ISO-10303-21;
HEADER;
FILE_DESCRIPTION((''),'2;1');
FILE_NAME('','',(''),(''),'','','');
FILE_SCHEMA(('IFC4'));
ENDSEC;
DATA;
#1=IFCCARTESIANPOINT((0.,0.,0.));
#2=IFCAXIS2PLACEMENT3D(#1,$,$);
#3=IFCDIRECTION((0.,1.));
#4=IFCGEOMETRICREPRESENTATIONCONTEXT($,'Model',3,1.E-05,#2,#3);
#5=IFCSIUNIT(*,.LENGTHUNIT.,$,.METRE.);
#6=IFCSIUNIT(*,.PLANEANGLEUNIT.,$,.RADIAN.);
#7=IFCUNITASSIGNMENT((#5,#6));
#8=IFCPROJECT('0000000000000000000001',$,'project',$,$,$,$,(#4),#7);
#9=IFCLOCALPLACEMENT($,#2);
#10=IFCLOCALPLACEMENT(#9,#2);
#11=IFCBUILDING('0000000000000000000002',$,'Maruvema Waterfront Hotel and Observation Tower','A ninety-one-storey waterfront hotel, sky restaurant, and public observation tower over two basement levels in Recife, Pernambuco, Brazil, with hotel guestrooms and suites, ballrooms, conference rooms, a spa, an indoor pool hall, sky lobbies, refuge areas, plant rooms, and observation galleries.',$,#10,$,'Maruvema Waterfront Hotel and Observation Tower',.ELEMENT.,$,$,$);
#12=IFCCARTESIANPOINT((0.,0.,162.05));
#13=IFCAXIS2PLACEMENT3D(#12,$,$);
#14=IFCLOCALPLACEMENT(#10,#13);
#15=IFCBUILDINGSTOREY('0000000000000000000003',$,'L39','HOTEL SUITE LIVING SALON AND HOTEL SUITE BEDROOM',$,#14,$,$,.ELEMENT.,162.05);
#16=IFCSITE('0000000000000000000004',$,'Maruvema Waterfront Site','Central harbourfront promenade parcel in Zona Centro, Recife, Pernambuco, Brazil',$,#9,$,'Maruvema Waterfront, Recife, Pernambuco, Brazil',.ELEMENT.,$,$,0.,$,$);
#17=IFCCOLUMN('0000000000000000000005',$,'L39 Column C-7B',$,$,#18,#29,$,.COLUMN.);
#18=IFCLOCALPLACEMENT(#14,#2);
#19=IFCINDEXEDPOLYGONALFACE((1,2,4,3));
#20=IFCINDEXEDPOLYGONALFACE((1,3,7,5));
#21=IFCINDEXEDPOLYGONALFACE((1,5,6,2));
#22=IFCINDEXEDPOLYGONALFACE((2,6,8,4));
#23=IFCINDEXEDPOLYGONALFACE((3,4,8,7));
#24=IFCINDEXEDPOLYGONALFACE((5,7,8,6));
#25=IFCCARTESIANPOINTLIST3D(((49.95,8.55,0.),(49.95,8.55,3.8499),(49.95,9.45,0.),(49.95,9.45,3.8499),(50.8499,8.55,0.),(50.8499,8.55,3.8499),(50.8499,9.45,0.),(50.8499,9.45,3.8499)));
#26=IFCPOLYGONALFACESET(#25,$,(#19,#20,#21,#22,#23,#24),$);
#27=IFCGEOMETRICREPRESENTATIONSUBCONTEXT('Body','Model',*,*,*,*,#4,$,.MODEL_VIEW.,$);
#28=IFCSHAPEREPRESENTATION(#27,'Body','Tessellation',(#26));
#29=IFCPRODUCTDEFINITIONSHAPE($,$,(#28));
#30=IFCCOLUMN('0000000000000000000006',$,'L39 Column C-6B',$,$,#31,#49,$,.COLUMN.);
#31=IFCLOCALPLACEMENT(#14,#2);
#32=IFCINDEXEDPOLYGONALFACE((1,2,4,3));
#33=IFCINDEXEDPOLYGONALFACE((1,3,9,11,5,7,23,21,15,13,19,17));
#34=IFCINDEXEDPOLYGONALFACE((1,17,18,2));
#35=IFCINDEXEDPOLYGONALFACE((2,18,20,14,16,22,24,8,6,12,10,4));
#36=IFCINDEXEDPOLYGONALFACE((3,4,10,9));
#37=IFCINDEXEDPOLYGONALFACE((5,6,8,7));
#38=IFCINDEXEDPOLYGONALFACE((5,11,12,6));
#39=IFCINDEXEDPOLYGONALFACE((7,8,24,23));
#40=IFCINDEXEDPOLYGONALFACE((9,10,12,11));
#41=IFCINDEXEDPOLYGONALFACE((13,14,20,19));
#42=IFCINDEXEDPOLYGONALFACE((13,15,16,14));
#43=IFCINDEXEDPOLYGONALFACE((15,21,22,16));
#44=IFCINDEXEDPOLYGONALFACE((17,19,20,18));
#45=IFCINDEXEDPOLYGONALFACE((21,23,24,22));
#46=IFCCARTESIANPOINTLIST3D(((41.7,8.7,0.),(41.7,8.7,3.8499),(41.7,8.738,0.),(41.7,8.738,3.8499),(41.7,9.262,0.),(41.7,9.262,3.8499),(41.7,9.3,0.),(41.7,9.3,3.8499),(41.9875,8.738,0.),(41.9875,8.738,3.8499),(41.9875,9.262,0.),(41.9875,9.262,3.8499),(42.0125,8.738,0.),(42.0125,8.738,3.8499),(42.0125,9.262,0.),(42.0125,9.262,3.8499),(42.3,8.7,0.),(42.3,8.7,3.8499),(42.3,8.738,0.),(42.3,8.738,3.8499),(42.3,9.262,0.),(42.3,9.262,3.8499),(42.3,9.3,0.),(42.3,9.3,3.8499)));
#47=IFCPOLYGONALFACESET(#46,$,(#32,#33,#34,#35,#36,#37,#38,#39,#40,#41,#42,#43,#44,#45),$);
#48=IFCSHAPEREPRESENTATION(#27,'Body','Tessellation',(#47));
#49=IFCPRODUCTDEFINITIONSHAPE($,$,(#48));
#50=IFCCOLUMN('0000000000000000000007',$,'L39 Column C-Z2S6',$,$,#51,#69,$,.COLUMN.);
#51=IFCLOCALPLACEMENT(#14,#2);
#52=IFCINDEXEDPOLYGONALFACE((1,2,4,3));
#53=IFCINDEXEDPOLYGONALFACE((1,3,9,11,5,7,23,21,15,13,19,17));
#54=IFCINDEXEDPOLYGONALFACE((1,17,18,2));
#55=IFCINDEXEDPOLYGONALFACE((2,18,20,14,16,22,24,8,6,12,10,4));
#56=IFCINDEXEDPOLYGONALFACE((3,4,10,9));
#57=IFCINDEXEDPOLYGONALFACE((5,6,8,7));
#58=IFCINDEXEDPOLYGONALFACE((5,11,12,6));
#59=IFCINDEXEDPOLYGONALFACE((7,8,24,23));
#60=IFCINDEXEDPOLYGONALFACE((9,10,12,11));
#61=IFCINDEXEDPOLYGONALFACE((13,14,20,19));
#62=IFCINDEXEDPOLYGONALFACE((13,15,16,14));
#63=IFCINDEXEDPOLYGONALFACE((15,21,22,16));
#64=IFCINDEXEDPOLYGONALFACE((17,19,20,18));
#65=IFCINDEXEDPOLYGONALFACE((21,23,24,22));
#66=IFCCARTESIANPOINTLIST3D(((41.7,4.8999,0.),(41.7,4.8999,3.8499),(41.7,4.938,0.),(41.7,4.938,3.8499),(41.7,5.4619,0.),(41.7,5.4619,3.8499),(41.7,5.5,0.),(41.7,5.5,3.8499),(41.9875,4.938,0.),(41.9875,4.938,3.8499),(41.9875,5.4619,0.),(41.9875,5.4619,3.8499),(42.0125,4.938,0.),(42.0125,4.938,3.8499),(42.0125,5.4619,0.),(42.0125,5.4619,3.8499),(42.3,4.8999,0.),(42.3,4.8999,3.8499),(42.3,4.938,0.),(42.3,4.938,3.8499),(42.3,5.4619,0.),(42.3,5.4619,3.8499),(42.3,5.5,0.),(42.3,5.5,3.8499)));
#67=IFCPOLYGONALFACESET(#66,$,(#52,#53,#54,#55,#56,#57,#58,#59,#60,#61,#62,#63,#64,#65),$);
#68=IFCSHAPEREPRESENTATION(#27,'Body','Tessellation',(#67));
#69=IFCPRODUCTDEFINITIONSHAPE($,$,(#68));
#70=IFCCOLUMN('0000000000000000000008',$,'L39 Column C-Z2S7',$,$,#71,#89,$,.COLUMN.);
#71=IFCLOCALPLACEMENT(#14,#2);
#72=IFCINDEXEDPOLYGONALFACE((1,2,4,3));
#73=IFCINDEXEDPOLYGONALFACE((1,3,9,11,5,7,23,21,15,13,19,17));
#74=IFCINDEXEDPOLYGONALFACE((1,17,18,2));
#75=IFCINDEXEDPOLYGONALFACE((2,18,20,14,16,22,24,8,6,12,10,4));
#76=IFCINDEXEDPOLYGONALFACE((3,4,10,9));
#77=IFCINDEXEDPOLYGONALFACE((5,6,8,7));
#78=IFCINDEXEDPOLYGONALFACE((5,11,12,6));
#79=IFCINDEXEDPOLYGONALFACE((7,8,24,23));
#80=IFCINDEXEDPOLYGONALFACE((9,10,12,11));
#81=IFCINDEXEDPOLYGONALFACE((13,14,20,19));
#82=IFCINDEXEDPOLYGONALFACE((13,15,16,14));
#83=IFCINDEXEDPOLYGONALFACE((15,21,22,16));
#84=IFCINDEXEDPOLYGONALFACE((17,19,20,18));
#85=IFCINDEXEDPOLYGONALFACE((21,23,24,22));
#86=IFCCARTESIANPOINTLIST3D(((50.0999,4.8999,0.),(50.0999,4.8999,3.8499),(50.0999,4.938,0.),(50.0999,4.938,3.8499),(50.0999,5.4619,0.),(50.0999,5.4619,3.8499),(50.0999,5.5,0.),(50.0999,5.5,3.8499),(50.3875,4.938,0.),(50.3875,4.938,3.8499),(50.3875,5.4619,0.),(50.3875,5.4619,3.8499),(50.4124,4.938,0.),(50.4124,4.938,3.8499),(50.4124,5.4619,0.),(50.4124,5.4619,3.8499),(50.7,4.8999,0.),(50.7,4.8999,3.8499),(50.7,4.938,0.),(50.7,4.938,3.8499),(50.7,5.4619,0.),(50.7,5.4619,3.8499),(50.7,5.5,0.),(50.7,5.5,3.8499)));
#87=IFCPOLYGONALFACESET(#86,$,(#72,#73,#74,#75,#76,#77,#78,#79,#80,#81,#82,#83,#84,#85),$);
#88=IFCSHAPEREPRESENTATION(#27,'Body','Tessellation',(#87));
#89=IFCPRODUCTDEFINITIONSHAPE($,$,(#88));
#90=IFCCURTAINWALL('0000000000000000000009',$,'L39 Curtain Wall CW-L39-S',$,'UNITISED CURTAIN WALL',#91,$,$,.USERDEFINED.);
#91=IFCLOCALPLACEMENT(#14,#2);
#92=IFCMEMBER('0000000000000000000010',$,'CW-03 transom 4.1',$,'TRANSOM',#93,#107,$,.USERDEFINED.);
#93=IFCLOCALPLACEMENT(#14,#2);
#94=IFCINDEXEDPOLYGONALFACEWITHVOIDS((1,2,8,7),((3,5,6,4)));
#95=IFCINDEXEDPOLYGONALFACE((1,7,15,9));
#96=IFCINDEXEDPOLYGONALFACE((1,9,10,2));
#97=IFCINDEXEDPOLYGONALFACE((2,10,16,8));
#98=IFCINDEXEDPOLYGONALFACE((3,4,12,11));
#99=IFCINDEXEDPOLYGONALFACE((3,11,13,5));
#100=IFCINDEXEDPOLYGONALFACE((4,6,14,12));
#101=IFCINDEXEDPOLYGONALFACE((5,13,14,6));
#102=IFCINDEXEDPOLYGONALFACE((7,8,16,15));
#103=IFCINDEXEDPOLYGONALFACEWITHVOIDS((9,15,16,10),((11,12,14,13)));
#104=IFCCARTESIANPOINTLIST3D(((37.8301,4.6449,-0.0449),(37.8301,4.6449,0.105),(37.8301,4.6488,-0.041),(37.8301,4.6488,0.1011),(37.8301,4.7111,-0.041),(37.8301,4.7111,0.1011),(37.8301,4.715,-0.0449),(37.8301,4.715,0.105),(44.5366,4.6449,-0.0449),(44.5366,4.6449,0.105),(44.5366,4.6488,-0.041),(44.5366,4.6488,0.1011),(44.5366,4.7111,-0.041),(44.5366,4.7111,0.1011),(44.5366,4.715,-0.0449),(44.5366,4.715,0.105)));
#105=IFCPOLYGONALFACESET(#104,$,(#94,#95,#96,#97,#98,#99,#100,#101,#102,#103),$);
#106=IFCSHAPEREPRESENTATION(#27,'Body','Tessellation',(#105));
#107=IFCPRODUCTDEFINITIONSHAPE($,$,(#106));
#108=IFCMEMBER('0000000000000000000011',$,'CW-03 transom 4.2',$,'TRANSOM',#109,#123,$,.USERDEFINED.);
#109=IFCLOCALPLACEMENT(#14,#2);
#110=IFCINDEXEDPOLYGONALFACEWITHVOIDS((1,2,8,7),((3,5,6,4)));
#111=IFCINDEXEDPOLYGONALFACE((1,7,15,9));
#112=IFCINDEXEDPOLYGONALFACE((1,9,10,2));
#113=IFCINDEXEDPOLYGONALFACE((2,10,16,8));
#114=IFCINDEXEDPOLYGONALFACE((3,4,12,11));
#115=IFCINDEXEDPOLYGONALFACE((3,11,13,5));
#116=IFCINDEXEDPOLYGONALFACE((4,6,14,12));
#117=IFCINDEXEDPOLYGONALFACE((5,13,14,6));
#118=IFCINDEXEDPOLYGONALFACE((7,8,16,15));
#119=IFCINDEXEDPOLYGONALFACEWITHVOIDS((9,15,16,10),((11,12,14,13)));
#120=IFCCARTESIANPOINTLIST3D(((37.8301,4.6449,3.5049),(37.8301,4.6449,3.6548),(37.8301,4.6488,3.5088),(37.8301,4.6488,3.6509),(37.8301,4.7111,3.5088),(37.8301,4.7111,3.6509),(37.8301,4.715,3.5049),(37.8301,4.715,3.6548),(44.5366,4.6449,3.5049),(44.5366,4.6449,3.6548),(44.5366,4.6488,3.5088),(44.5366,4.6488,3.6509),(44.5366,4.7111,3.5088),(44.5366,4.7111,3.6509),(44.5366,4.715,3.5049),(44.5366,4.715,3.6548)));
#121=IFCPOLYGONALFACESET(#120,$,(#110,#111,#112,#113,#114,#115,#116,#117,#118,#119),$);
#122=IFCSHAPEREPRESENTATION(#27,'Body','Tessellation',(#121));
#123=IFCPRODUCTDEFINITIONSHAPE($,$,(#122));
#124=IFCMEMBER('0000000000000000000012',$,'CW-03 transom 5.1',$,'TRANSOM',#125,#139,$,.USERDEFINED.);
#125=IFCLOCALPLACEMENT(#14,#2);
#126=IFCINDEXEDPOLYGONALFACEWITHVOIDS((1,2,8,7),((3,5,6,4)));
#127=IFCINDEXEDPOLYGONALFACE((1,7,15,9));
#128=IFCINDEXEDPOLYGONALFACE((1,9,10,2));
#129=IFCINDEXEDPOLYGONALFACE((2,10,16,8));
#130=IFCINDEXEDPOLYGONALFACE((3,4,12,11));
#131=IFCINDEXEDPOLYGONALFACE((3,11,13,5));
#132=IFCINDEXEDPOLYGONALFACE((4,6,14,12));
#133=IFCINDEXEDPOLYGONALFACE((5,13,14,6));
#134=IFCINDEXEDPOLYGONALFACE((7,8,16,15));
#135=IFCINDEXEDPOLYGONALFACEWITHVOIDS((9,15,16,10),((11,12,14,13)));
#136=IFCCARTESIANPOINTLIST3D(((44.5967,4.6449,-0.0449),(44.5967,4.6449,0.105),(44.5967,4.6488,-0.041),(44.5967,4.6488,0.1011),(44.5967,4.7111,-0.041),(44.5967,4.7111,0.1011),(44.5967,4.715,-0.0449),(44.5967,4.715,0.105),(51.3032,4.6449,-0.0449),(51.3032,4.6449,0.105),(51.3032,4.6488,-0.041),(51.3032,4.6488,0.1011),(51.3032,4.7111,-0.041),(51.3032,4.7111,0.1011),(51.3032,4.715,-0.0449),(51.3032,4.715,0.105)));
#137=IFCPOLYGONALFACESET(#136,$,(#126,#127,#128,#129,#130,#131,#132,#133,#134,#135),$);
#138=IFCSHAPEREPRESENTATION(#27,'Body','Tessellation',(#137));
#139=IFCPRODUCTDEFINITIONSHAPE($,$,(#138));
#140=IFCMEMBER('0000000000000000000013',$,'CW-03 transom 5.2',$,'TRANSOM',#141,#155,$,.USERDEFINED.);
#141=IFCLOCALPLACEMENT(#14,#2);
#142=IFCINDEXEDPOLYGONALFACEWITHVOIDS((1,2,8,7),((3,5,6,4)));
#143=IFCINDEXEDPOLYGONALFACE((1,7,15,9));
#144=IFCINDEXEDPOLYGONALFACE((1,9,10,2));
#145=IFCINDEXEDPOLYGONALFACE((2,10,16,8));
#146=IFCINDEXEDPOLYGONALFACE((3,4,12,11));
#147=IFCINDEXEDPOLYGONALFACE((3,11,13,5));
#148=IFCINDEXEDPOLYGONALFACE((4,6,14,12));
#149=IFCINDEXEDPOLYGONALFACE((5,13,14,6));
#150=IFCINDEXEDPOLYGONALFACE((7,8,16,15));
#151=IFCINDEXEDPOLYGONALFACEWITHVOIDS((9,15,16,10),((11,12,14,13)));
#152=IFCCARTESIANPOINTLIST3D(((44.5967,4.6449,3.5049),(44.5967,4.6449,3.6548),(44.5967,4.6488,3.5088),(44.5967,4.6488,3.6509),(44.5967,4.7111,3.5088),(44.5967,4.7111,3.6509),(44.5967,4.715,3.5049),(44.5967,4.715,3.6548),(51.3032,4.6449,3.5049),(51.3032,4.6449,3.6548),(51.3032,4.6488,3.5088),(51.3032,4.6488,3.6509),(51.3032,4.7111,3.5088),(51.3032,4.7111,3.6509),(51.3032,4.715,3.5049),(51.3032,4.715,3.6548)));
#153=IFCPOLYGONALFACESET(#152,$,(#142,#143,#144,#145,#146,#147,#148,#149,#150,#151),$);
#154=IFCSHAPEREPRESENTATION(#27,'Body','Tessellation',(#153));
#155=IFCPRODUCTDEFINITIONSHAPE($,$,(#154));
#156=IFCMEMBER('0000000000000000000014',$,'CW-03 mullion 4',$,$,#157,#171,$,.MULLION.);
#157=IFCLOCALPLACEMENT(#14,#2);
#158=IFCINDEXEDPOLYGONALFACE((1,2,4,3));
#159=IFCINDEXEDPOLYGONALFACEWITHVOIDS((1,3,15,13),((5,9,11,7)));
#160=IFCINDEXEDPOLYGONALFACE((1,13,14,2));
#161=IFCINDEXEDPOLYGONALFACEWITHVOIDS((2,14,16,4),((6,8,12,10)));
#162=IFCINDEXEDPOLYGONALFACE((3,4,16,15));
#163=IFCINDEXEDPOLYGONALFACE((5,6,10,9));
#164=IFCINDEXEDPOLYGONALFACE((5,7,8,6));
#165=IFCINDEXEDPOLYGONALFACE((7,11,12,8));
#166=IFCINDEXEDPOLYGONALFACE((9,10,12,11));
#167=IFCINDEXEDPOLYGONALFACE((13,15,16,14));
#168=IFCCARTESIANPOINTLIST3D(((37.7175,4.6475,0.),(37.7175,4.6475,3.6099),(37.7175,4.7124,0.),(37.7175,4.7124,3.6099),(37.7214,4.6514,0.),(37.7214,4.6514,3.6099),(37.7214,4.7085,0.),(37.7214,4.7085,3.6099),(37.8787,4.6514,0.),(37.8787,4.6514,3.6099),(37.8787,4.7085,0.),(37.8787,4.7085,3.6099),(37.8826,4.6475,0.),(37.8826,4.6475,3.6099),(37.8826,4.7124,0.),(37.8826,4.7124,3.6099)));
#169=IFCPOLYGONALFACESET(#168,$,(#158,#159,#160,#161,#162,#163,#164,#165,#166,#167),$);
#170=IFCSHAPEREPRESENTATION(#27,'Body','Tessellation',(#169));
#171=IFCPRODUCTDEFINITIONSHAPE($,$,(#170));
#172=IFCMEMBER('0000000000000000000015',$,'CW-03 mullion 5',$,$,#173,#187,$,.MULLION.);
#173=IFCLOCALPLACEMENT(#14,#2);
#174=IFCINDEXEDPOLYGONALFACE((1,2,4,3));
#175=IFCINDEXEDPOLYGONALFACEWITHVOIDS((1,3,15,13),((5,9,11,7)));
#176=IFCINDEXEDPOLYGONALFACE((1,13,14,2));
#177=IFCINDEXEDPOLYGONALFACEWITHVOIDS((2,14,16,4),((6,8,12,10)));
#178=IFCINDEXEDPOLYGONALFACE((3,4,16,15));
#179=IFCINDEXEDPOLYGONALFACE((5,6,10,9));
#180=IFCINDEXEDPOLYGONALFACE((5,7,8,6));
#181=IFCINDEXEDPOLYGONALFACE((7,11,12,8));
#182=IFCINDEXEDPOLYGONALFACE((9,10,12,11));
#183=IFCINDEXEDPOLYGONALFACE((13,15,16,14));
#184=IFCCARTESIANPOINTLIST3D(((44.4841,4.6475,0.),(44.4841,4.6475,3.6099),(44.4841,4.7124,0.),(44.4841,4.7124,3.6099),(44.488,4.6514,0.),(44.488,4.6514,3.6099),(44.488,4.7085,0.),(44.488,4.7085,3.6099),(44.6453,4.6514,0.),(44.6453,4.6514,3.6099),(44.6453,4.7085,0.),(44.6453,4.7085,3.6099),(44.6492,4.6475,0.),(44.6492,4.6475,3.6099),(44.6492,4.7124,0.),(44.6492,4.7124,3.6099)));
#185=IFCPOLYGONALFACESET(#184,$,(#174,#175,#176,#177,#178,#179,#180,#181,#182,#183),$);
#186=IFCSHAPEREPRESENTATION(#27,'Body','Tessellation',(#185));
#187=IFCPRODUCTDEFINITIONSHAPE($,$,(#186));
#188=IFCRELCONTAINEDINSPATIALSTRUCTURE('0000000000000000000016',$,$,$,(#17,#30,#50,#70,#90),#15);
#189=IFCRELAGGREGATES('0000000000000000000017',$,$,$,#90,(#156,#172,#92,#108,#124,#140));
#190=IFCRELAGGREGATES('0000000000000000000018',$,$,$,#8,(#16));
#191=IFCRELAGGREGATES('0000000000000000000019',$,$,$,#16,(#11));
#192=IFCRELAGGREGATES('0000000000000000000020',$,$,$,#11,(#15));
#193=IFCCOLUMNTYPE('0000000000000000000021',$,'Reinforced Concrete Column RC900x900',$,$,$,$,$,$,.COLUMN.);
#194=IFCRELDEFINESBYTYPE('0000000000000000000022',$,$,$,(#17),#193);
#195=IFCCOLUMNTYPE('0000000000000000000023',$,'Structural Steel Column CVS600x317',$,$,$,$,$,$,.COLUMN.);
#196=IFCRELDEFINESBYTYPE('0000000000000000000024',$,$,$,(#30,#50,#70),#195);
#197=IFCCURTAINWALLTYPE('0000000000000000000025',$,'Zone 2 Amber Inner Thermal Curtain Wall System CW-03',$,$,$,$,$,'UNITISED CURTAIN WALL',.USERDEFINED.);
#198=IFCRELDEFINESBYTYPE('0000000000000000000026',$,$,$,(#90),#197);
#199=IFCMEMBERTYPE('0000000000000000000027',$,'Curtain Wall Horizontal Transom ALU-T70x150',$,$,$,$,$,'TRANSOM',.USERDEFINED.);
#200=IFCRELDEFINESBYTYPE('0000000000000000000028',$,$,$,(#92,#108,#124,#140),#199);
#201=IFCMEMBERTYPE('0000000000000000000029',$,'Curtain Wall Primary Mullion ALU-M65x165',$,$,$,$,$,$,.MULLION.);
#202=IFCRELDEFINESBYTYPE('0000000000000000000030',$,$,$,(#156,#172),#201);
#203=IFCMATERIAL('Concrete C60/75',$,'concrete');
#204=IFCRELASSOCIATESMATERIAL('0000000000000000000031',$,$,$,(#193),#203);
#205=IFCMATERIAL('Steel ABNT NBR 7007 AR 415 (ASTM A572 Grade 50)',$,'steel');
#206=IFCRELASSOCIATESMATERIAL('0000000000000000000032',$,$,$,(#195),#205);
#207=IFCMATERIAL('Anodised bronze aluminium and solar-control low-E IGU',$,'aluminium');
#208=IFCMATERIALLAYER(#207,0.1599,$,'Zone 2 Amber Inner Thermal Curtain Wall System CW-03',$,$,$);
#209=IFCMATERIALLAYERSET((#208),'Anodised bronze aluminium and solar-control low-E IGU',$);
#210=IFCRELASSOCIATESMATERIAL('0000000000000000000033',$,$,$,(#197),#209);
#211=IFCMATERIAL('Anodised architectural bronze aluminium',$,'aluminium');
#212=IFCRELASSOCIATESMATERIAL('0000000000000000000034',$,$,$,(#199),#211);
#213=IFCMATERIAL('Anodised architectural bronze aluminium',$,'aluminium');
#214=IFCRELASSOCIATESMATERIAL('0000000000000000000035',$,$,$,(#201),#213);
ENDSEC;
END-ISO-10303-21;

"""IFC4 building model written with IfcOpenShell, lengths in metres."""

from ifc_helpers import new_model, si_unit, direction, frame, origin, origin_2d, place, context, subcontext, project, spatial, rectangle, hollow_rectangle, i_section, extrude, material, layer, layer_set, material_profile, profile_set, type_object, element, aggregate, save


model = new_model("IFC4")

# Units and contexts
model_context = context("Model", 3, precision=1e-05, world=origin(), true_north=direction((0.0, 1.0)))
body_context = subcontext(model_context, "Body", "Model", "MODEL_VIEW")
ifc_project = project(units=[si_unit("LENGTHUNIT", "METRE"), si_unit("PLANEANGLEUNIT", "RADIAN")], contexts=[model_context])

# Site, building, storey
site_placement = place(None, origin())
site = spatial("IfcSite", under=ifc_project, at=site_placement, Name="Maruvema Waterfront Site", Description="Central harbourfront promenade parcel in Zona Centro, Recife, Pernambuco, Brazil", LongName="Maruvema Waterfront, Recife, Pernambuco, Brazil", CompositionType="ELEMENT", RefElevation=0.0)
building_placement = place(site_placement, origin())
building = spatial("IfcBuilding", under=site, at=building_placement, Name="Maruvema Waterfront Hotel and Observation Tower", Description="A ninety-one-storey waterfront hotel, sky restaurant, and public observation tower over two basement levels in Recife, Pernambuco, Brazil, with hotel guestrooms and suites, ballrooms, conference rooms, a spa, an indoor pool hall, sky lobbies, refuge areas, plant rooms, and observation galleries.", LongName="Maruvema Waterfront Hotel and Observation Tower", CompositionType="ELEMENT")
storey_placement = place(building_placement, frame((0.0, 0.0, 162.05)))
storey = spatial("IfcBuildingStorey", under=building, at=storey_placement, Name="L39", Description="HOTEL SUITE LIVING SALON AND HOTEL SUITE BEDROOM", CompositionType="ELEMENT", Elevation=162.05)

# Columns
ifc_material_1 = material(Name="Concrete C60/75", Category="concrete")
ifc_material_profile_1 = material_profile(ifc_material_1, rectangle(XDim=0.8999, YDim=0.8999, at=origin_2d()), Name="RC900x900")
ifc_profile_set_1 = profile_set([ifc_material_profile_1], Name="Concrete C60/75")
column_type_1 = type_object("IfcColumnType", Name="Reinforced Concrete Column RC900x900", PredefinedType="COLUMN", material=ifc_profile_set_1)
column_placement = place(storey_placement, frame((50.3999, 9.0, 0.0), z_axis=(0.0, 0.0, 1.0), x_axis=(1.0, 0.0, 0.0)))
element("IfcColumn", 1, at=column_placement, inside=storey, type_object=column_type_1, Name="L39 Column C-7B", PredefinedType="COLUMN", context=body_context, shape_type="SweptSolid", body=[
    extrude(rectangle(XDim=0.8999, YDim=0.8999, at=origin_2d()), origin(), (0.0, 0.0, 1.0), 3.8499),
])
ifc_material_2 = material(Name="Steel ABNT NBR 7007 AR 415 (ASTM A572 Grade 50)", Category="steel")
ifc_material_profile_2 = material_profile(ifc_material_2, i_section(OverallWidth=0.6001, OverallDepth=0.6001, WebThickness=0.0249, FlangeThickness=0.0381, at=origin_2d()), Name="CVS600x317")
ifc_profile_set_2 = profile_set([ifc_material_profile_2], Name="Steel ABNT NBR 7007 AR 415 (ASTM A572 Grade 50)")
column_type_2 = type_object("IfcColumnType", Name="Structural Steel Column CVS600x317", PredefinedType="COLUMN", material=ifc_profile_set_2)
for number, where, z_axis, x_axis, name in (
    (2, (42.0, 9.0, 0.0), (0.0, 0.0, 1.0), (1.0, 0.0, 0.0), "L39 Column C-6B"),
    (3, (42.0, 5.2, 0.0), (0.0, 0.0, 1.0), (1.0, 0.0, 0.0), "L39 Column C-Z2S6"),
    (4, (50.3999, 5.2, 0.0), (0.0, 0.0, 1.0), (1.0, 0.0, 0.0), "L39 Column C-Z2S7"),
):
    element("IfcColumn", number, at=place(storey_placement, frame(where, z_axis=z_axis, x_axis=x_axis)), inside=storey, type_object=column_type_2, Name=name, PredefinedType="COLUMN", context=body_context, shape_type="SweptSolid", body=[
        extrude(i_section(OverallWidth=0.6001, OverallDepth=0.6001, WebThickness=0.0249, FlangeThickness=0.0381, at=origin_2d()), origin(), (0.0, 0.0, 1.0), 3.8499),
    ])

# Curtain wall, members
ifc_material_3 = material(Name="Anodised bronze aluminium and solar-control low-E IGU", Category="aluminium")
ifc_layer_1 = layer(ifc_material_3, 0.1599, Name="Zone 2 Amber Inner Thermal Curtain Wall System CW-03")
ifc_layer_set_1 = layer_set([ifc_layer_1], Name="Anodised bronze aluminium and solar-control low-E IGU")
curtain_wall_type = type_object("IfcCurtainWallType", Name="Zone 2 Amber Inner Thermal Curtain Wall System CW-03", ElementType="UNITISED CURTAIN WALL", PredefinedType="USERDEFINED", material=ifc_layer_set_1)
curtain_wall_placement = place(storey_placement, origin())
curtain_wall = element("IfcCurtainWall", 5, at=curtain_wall_placement, inside=storey, type_object=curtain_wall_type, Name="L39 Curtain Wall CW-L39-S", ObjectType="UNITISED CURTAIN WALL", PredefinedType="USERDEFINED")
ifc_material_4 = material(Name="Anodised architectural bronze aluminium", Category="aluminium")
ifc_material_profile_3 = material_profile(ifc_material_4, hollow_rectangle(XDim=0.0701, YDim=0.1499, WallThickness=0.0039, at=origin_2d()), Name="ALU-T70x150")
ifc_profile_set_3 = profile_set([ifc_material_profile_3], Name="Anodised architectural bronze aluminium")
member_type_1 = type_object("IfcMemberType", Name="Curtain Wall Horizontal Transom ALU-T70x150", ElementType="TRANSOM", PredefinedType="USERDEFINED", material=ifc_profile_set_3)
member_1_placement = place(storey_placement, frame((37.8301, 4.6799, 0.03), z_axis=(1.0, 0.0, 0.0), x_axis=(0.0, 1.0, 0.0)))
member_1 = element("IfcMember", 6, at=member_1_placement, type_object=member_type_1, Name="CW-03 transom 4.1", ObjectType="TRANSOM", PredefinedType="USERDEFINED", context=body_context, shape_type="SweptSolid", body=[
    extrude(hollow_rectangle(XDim=0.0701, YDim=0.1499, WallThickness=0.0039, at=origin_2d()), origin(), (0.0, 0.0, 1.0), 6.7065),
])
member_2_placement = place(storey_placement, frame((37.8301, 4.6799, 3.5798), z_axis=(1.0, 0.0, 0.0), x_axis=(0.0, 1.0, 0.0)))
member_2 = element("IfcMember", 7, at=member_2_placement, type_object=member_type_1, Name="CW-03 transom 4.2", ObjectType="TRANSOM", PredefinedType="USERDEFINED", context=body_context, shape_type="SweptSolid", body=[
    extrude(hollow_rectangle(XDim=0.0701, YDim=0.1499, WallThickness=0.0039, at=origin_2d()), origin(), (0.0, 0.0, 1.0), 6.7065),
])
member_3_placement = place(storey_placement, frame((44.5967, 4.6799, 0.03), z_axis=(1.0, 0.0, 0.0), x_axis=(0.0, 1.0, 0.0)))
member_3 = element("IfcMember", 8, at=member_3_placement, type_object=member_type_1, Name="CW-03 transom 5.1", ObjectType="TRANSOM", PredefinedType="USERDEFINED", context=body_context, shape_type="SweptSolid", body=[
    extrude(hollow_rectangle(XDim=0.0701, YDim=0.1499, WallThickness=0.0039, at=origin_2d()), origin(), (0.0, 0.0, 1.0), 6.7065),
])
member_4_placement = place(storey_placement, frame((44.5967, 4.6799, 3.5798), z_axis=(1.0, 0.0, 0.0), x_axis=(0.0, 1.0, 0.0)))
member_4 = element("IfcMember", 9, at=member_4_placement, type_object=member_type_1, Name="CW-03 transom 5.2", ObjectType="TRANSOM", PredefinedType="USERDEFINED", context=body_context, shape_type="SweptSolid", body=[
    extrude(hollow_rectangle(XDim=0.0701, YDim=0.1499, WallThickness=0.0039, at=origin_2d()), origin(), (0.0, 0.0, 1.0), 6.7065),
])
ifc_material_5 = material(Name="Anodised architectural bronze aluminium", Category="aluminium")
ifc_material_profile_4 = material_profile(ifc_material_5, hollow_rectangle(XDim=0.0649, YDim=0.165, WallThickness=0.0039, at=origin_2d()), Name="ALU-M65x165")
ifc_profile_set_4 = profile_set([ifc_material_profile_4], Name="Anodised architectural bronze aluminium")
member_type_2 = type_object("IfcMemberType", Name="Curtain Wall Primary Mullion ALU-M65x165", PredefinedType="MULLION", material=ifc_profile_set_4)
member_5_placement = place(storey_placement, frame((37.8, 4.6799, 0.0), z_axis=(0.0, 0.0, 1.0), x_axis=(0.0, 1.0, 0.0)))
member_5 = element("IfcMember", 10, at=member_5_placement, type_object=member_type_2, Name="CW-03 mullion 4", PredefinedType="MULLION", context=body_context, shape_type="SweptSolid", body=[
    extrude(hollow_rectangle(XDim=0.0649, YDim=0.165, WallThickness=0.0039, at=origin_2d()), origin(), (0.0, 0.0, 1.0), 3.6099),
])
member_6_placement = place(storey_placement, frame((44.5667, 4.6799, 0.0), z_axis=(0.0, 0.0, 1.0), x_axis=(0.0, 1.0, 0.0)))
member_6 = element("IfcMember", 11, at=member_6_placement, type_object=member_type_2, Name="CW-03 mullion 5", PredefinedType="MULLION", context=body_context, shape_type="SweptSolid", body=[
    extrude(hollow_rectangle(XDim=0.0649, YDim=0.165, WallThickness=0.0039, at=origin_2d()), origin(), (0.0, 0.0, 1.0), 3.6099),
])

aggregate(curtain_wall, [member_5, member_6, member_1, member_2, member_3, member_4])

save(model, "model.ifc")
